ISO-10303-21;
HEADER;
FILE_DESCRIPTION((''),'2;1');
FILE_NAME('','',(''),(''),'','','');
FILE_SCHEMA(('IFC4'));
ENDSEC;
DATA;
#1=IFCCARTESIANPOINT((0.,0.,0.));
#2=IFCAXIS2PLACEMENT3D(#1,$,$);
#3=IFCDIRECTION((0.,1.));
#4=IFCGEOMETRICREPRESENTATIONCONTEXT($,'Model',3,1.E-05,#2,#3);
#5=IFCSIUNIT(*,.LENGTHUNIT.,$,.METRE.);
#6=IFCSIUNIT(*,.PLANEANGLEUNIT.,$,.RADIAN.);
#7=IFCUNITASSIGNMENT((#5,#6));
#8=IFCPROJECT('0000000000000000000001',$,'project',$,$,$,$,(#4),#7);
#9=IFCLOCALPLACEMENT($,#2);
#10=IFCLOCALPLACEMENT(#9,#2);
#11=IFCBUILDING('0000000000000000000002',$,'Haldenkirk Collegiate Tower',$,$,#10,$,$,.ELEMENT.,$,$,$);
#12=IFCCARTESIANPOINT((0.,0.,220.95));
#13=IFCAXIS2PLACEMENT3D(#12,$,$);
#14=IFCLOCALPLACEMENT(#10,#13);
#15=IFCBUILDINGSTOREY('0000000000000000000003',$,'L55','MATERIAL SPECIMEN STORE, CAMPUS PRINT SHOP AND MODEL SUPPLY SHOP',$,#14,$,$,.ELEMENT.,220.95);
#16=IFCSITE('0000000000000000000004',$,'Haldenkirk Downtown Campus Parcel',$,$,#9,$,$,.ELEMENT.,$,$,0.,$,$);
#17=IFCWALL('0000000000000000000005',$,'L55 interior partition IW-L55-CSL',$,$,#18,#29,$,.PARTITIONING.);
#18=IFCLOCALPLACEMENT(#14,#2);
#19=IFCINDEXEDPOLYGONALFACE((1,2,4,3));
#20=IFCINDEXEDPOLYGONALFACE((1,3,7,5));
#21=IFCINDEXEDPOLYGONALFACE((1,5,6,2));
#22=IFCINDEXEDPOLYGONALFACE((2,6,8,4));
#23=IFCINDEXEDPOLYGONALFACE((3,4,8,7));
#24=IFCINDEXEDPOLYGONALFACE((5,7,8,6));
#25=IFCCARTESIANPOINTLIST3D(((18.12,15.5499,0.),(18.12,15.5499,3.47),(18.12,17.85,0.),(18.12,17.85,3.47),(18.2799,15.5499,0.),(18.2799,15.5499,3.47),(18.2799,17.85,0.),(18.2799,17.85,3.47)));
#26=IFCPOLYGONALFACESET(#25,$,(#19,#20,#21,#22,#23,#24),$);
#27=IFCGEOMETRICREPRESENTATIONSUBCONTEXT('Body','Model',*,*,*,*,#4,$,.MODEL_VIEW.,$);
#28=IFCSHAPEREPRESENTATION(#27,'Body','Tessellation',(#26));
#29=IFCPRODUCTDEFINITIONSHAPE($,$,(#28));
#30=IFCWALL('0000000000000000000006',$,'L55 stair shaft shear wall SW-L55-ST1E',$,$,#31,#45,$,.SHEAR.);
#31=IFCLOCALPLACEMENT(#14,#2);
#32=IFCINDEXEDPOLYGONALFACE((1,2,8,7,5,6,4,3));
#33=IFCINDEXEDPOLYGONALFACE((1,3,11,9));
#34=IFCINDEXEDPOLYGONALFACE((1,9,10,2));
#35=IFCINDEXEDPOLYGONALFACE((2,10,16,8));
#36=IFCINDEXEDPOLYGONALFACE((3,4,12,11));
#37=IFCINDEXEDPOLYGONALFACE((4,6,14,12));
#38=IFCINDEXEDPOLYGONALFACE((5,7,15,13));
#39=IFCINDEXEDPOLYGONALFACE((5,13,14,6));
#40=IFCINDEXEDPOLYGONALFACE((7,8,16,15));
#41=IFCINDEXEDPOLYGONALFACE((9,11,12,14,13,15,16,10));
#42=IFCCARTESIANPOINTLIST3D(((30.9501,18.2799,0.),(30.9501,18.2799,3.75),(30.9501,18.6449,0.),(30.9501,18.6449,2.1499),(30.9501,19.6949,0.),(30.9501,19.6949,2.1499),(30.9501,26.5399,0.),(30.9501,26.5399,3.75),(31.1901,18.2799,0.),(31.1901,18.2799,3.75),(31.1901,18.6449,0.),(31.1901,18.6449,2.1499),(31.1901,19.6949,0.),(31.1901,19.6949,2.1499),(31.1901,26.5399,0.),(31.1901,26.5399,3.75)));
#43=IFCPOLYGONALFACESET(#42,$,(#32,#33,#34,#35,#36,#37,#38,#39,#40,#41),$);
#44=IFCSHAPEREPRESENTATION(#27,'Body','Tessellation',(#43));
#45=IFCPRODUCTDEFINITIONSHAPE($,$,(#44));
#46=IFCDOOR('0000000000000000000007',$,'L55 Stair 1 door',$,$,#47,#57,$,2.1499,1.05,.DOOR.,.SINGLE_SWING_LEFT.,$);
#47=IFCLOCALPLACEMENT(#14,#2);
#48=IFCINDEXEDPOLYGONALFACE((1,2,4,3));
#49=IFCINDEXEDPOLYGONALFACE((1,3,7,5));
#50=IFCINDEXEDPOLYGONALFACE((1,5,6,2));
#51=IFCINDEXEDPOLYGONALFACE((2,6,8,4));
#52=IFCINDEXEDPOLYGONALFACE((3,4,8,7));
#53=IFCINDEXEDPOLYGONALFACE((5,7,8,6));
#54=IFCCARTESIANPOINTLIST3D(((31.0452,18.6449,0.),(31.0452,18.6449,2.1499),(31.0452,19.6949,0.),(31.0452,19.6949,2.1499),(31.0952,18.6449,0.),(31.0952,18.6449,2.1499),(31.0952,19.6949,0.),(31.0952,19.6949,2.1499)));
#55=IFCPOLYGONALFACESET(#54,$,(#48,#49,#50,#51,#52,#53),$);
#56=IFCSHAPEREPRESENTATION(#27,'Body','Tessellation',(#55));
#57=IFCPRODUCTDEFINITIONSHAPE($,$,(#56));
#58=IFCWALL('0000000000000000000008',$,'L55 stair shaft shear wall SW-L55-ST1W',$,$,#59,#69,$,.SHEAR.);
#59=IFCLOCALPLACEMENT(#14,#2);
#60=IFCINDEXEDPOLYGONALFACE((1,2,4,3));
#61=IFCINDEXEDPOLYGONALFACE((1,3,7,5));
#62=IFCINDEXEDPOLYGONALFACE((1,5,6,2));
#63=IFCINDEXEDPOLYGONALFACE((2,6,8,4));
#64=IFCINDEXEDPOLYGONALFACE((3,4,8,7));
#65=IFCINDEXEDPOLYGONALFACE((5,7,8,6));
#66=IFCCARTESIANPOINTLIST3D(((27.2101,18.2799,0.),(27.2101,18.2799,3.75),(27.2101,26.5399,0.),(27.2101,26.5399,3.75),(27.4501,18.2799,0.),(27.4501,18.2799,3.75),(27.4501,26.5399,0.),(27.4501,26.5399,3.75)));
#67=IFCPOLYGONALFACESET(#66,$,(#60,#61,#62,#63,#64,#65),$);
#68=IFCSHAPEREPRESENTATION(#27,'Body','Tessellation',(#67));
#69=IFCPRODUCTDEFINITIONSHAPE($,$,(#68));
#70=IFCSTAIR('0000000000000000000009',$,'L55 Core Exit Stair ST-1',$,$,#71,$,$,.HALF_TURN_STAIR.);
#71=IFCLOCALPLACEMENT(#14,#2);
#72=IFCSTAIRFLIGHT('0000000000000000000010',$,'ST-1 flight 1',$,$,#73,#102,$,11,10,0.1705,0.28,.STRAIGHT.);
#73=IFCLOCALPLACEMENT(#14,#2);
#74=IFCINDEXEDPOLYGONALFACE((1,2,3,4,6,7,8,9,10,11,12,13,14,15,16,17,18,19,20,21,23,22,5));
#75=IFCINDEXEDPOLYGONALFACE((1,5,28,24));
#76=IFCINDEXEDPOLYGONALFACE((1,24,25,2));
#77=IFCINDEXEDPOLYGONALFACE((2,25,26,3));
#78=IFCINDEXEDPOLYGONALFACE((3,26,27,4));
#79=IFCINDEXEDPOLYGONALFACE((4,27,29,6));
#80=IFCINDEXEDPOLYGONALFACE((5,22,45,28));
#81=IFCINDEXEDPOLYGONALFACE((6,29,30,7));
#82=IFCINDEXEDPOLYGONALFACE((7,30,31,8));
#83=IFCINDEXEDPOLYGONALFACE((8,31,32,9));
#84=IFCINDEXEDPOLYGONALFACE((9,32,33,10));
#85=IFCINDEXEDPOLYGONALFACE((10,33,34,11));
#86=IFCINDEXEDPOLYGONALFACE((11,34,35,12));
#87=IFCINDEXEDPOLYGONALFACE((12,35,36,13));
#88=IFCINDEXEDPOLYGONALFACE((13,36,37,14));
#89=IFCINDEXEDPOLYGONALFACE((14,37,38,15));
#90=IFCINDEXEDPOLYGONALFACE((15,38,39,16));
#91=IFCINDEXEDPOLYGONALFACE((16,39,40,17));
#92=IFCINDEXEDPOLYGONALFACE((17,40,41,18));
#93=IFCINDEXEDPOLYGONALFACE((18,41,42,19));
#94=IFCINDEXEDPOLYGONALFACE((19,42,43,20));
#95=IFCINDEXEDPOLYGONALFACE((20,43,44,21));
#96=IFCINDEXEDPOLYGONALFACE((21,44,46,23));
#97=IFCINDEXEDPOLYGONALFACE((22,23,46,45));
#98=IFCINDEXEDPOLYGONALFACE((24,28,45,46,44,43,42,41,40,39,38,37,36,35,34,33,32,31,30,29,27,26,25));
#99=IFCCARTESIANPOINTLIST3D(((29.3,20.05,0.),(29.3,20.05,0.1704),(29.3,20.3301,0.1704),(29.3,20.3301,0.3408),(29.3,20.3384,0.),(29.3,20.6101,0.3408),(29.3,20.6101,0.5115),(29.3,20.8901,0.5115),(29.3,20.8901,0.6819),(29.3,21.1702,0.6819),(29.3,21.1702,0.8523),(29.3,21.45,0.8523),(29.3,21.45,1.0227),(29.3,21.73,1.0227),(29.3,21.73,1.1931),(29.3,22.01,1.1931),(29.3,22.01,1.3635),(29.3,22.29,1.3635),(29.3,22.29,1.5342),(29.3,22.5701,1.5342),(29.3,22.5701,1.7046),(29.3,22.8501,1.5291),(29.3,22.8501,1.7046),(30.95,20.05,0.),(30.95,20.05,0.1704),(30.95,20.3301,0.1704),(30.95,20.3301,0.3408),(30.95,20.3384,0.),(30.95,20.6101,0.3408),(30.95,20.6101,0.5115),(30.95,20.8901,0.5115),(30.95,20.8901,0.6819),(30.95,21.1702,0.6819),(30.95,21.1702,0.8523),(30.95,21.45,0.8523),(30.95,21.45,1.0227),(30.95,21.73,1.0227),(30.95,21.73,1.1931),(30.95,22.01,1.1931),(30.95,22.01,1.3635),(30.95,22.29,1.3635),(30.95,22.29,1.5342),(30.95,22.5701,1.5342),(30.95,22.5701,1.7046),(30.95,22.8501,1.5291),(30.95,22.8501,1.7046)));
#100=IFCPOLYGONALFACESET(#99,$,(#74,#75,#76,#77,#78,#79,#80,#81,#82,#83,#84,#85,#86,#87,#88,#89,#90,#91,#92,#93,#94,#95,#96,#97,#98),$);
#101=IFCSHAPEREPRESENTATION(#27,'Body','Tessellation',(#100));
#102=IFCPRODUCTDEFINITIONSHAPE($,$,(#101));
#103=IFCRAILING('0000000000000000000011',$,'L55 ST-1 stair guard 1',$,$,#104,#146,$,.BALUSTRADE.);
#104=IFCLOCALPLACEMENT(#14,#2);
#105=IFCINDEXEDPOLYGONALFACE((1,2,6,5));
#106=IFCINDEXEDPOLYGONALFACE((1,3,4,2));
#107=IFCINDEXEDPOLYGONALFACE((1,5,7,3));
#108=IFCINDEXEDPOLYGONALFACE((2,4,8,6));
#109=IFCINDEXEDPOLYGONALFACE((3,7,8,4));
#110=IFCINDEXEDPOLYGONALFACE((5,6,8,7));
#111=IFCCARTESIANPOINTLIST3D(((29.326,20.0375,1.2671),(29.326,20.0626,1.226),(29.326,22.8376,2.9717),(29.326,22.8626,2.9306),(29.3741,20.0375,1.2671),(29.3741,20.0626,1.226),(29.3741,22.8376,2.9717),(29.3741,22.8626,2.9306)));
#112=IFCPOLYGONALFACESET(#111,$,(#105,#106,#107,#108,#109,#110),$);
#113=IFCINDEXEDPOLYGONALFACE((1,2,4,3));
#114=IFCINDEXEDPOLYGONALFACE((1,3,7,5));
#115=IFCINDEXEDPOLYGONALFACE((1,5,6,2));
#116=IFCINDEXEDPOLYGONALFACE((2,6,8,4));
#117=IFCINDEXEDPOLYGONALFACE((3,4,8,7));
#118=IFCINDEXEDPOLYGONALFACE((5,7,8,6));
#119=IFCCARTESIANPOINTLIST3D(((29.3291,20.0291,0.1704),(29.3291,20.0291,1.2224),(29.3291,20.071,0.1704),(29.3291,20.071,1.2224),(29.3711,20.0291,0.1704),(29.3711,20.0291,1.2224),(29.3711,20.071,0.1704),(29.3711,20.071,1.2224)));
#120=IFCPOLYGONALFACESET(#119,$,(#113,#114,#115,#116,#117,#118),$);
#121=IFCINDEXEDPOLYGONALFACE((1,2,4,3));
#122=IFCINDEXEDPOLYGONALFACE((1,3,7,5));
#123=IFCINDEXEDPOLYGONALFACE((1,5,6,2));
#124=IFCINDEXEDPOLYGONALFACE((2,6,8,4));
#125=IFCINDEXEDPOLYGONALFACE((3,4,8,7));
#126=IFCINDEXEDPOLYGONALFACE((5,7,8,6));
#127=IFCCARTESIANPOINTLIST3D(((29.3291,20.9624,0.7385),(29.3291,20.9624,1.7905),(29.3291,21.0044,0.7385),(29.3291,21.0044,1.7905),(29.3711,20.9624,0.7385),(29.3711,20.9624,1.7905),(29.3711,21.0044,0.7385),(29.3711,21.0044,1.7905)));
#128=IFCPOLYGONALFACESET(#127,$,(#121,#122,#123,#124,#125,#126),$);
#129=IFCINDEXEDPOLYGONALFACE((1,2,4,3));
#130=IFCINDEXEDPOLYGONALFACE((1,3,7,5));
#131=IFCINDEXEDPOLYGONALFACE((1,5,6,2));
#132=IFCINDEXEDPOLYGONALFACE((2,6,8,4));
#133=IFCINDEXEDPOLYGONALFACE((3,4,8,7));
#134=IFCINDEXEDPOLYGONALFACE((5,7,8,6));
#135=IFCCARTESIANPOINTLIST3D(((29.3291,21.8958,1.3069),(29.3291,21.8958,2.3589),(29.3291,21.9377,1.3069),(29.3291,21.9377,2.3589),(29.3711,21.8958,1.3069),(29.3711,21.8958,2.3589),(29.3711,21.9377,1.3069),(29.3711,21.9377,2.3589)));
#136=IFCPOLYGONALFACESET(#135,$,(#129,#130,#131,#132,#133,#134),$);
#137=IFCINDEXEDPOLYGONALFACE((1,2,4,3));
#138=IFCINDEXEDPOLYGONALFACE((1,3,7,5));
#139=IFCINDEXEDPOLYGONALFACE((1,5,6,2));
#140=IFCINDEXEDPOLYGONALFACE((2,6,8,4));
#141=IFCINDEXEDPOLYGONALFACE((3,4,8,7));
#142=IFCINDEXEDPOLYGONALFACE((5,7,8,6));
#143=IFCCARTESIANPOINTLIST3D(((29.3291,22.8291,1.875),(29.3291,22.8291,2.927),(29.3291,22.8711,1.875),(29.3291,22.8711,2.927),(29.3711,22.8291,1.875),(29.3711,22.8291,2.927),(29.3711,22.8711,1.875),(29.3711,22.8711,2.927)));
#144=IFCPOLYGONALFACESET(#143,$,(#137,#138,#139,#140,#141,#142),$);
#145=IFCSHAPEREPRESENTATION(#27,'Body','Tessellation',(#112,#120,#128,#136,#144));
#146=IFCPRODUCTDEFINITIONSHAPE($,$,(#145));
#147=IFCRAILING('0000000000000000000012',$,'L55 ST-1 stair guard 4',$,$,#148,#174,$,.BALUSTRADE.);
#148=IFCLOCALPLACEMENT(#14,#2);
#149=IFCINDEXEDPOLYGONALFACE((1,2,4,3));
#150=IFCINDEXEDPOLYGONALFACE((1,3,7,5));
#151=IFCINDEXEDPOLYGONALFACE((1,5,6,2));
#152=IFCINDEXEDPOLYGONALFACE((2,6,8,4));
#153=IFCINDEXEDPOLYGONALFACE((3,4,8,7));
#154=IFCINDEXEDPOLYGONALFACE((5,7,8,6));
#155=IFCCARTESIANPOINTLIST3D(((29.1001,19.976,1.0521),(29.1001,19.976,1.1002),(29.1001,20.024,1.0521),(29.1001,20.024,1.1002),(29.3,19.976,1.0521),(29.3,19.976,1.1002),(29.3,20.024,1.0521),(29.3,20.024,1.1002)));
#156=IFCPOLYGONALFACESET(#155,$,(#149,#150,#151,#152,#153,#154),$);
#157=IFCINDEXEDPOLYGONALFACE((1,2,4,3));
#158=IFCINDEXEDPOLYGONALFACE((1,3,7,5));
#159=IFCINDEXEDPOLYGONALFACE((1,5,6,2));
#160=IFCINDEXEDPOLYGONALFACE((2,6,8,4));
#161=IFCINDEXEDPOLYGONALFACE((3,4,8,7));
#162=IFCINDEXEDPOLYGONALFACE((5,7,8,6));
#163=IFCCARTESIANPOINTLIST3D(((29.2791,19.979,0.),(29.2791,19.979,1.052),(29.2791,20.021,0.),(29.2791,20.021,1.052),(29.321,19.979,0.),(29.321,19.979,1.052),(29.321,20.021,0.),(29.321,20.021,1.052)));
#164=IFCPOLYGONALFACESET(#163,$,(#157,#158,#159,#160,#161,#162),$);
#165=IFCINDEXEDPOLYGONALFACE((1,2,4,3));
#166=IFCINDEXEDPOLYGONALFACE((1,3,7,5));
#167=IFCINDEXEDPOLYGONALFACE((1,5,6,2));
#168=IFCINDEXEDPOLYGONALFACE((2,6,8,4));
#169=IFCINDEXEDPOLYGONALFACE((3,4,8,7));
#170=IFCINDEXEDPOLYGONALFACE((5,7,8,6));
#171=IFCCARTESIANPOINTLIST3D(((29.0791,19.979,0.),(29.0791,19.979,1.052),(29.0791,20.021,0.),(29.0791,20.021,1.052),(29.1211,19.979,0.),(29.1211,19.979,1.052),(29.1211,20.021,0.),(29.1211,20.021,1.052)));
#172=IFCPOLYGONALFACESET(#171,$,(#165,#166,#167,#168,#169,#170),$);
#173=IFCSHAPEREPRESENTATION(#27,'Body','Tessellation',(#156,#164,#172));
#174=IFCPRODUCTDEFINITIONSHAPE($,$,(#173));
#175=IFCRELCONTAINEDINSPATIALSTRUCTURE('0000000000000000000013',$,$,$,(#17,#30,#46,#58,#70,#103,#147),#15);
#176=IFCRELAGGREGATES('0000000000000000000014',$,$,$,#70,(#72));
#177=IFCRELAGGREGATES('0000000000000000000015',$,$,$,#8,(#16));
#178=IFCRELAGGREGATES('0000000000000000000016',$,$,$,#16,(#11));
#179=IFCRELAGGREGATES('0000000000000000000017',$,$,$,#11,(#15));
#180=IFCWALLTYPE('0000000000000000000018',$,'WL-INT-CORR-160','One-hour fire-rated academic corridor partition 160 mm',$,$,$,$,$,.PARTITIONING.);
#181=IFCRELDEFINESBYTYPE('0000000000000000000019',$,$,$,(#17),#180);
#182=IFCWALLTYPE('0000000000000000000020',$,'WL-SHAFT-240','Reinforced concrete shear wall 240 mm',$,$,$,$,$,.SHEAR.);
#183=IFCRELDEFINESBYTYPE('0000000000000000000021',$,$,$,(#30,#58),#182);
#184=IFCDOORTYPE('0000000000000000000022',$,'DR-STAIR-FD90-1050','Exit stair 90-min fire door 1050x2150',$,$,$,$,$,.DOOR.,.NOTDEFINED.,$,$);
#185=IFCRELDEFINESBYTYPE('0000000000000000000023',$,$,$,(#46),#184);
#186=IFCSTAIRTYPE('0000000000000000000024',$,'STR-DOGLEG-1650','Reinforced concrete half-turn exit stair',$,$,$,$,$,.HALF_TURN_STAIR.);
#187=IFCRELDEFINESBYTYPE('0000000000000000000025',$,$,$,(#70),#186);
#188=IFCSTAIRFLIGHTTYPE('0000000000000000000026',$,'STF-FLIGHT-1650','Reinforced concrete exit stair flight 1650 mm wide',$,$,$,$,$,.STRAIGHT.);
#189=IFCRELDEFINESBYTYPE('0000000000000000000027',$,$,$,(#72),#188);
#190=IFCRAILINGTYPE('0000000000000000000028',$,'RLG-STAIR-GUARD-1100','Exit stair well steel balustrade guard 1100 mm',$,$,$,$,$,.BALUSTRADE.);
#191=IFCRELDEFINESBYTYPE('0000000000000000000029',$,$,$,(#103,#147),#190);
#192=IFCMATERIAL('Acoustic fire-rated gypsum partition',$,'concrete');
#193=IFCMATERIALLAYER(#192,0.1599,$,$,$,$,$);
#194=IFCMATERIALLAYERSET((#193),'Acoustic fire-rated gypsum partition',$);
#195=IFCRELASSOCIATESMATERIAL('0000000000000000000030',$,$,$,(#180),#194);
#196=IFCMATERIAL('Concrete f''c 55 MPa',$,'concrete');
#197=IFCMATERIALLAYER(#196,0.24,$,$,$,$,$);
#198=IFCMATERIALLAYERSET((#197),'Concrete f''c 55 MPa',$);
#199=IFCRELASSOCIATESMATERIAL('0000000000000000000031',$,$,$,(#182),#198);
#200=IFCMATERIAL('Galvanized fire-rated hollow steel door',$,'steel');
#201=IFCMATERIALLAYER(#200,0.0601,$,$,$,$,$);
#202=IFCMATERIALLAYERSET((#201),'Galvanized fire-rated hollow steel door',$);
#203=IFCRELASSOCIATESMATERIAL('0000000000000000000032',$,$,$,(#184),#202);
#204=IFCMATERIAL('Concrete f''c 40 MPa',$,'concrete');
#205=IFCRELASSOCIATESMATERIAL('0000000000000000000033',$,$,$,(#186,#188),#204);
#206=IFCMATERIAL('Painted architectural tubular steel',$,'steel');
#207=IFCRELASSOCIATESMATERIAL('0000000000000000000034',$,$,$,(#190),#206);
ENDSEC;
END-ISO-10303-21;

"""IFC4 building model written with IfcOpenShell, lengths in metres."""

from ifc_helpers import new_model, si_unit, direction, frame, frame_2d, origin, origin_2d, place, context, subcontext, project, spatial, polyline, rectangle, outline, extrude, material, layer, layer_set, type_object, element, fill, aggregate, save


model = new_model("IFC4")

# Units and contexts
model_context = context("Model", 3, precision=1e-05, world=origin(), true_north=direction((0.0, 1.0)))
body_context = subcontext(model_context, "Body", "Model", "MODEL_VIEW")
ifc_project = project(units=[si_unit("LENGTHUNIT", "METRE"), si_unit("PLANEANGLEUNIT", "RADIAN")], contexts=[model_context])

# Site, building, storey
site_placement = place(None, origin())
site = spatial("IfcSite", under=ifc_project, at=site_placement, Name="Haldenkirk Downtown Campus Parcel", CompositionType="ELEMENT", RefElevation=0.0)
building_placement = place(site_placement, origin())
building = spatial("IfcBuilding", under=site, at=building_placement, Name="Haldenkirk Collegiate Tower", CompositionType="ELEMENT")
storey_placement = place(building_placement, frame((0.0, 0.0, 220.95)))
storey = spatial("IfcBuildingStorey", under=building, at=storey_placement, Name="L55", Description="MATERIAL SPECIMEN STORE, CAMPUS PRINT SHOP AND MODEL SUPPLY SHOP", CompositionType="ELEMENT", Elevation=220.95)

# Shared definitions
ifc_material_1 = material(Name="Concrete f'c 55 MPa", Category="concrete")
ifc_material_2 = material(Name="Galvanized fire-rated hollow steel door", Category="steel")

# Shared definitions
ifc_material_3 = material(Name="Acoustic fire-rated gypsum partition", Category="concrete")
ifc_layer_1 = layer(ifc_material_3, 0.1599)
ifc_layer_set_1 = layer_set([ifc_layer_1], Name="Acoustic fire-rated gypsum partition")
wall_type_1 = type_object("IfcWallType", Name="WL-INT-CORR-160", Description="One-hour fire-rated academic corridor partition 160 mm", PredefinedType="PARTITIONING", material=ifc_layer_set_1)

# Wall
wall_1_placement = place(storey_placement, frame((18.2, 15.55, 0.0), z_axis=(0.0, 0.0, 1.0), x_axis=(0.0, 1.0, 0.0)))
element("IfcWall", 1, at=wall_1_placement, inside=storey, type_object=wall_type_1, Name="L55 interior partition IW-L55-CSL", PredefinedType="PARTITIONING", context=body_context, shape_type="SweptSolid", body=[
    extrude(rectangle(XDim=2.3, YDim=0.1599, at=frame_2d((1.1499, 0.0))), origin(), (0.0, 0.0, 1.0), 3.47),
])

# Wall, opening, door
ifc_layer_2 = layer(ifc_material_1, 0.24)
ifc_layer_set_2 = layer_set([ifc_layer_2], Name="Concrete f'c 55 MPa")
wall_type_2 = type_object("IfcWallType", Name="WL-SHAFT-240", Description="Reinforced concrete shear wall 240 mm", PredefinedType="SHEAR", material=ifc_layer_set_2)
wall_2_placement = place(storey_placement, frame((31.0701, 18.28, 0.0), z_axis=(0.0, 0.0, 1.0), x_axis=(0.0, 1.0, 0.0)))
wall_2 = element("IfcWall", 2, at=wall_2_placement, inside=storey, type_object=wall_type_2, Name="L55 stair shaft shear wall SW-L55-ST1E", PredefinedType="SHEAR", context=body_context, shape_type="SweptSolid", body=[
    extrude(rectangle(XDim=8.26, YDim=0.24, at=frame_2d((4.1299, 0.0))), origin(), (0.0, 0.0, 1.0), 3.75),
])
opening_1_placement = place(wall_2_placement, frame((0.365, 0.0, 0.0)))
opening_1 = element("IfcOpeningElement", 3, at=opening_1_placement, cuts=wall_2, PredefinedType="OPENING", context=body_context, shape_type="SweptSolid", body=[
    extrude(rectangle(XDim=1.05, YDim=2.1499, at=frame_2d((0.5249, 1.075))), frame((0.0, 0.1299, 0.0), z_axis=(0.0, -1.0, 0.0), x_axis=(1.0, 0.0, 0.0)), (0.0, 0.0, 1.0), 0.26),
])
ifc_layer_3 = layer(ifc_material_2, 0.0601)
ifc_layer_set_3 = layer_set([ifc_layer_3], Name="Galvanized fire-rated hollow steel door")
door_type_1 = type_object("IfcDoorType", Name="DR-STAIR-FD90-1050", Description="Exit stair 90-min fire door 1050x2150", OperationType="NOTDEFINED", PredefinedType="DOOR", material=ifc_layer_set_3)
door_1_placement = place(opening_1_placement, origin())
door_1 = element("IfcDoor", 4, at=door_1_placement, inside=storey, type_object=door_type_1, Name="L55 Stair 1 door", OperationType="SINGLE_SWING_LEFT", OverallHeight=2.1499, OverallWidth=1.05, PredefinedType="DOOR", context=body_context, shape_type="SweptSolid", body=[
    extrude(rectangle(XDim=1.05, YDim=2.1499, at=frame_2d((0.5249, 1.075))), frame((0.0, 0.0249, 0.0), z_axis=(0.0, -1.0, 0.0), x_axis=(1.0, 0.0, 0.0)), (0.0, 0.0, 1.0), 0.05),
])
fill(opening_1, door_1)

# Wall
wall_3_placement = place(storey_placement, frame((27.3301, 18.28, 0.0), z_axis=(0.0, 0.0, 1.0), x_axis=(0.0, 1.0, 0.0)))
element("IfcWall", 5, at=wall_3_placement, inside=storey, type_object=wall_type_2, Name="L55 stair shaft shear wall SW-L55-ST1W", PredefinedType="SHEAR", context=body_context, shape_type="SweptSolid", body=[
    extrude(rectangle(XDim=8.26, YDim=0.24, at=frame_2d((4.1299, 0.0))), origin(), (0.0, 0.0, 1.0), 3.75),
])

# Stair, stair flight
ifc_material_4 = material(Name="Concrete f'c 40 MPa", Category="concrete")
stair_type = type_object("IfcStairType", Name="STR-DOGLEG-1650", Description="Reinforced concrete half-turn exit stair", PredefinedType="HALF_TURN_STAIR", material=ifc_material_4)
stair_placement = place(storey_placement, origin())
stair = element("IfcStair", 6, at=stair_placement, inside=storey, type_object=stair_type, Name="L55 Core Exit Stair ST-1", PredefinedType="HALF_TURN_STAIR")
stair_flight_type = type_object("IfcStairFlightType", Name="STF-FLIGHT-1650", Description="Reinforced concrete exit stair flight 1650 mm wide", PredefinedType="STRAIGHT", material=ifc_material_4)
stair_flight_placement = place(storey_placement, frame((30.125, 20.05, 0.0), z_axis=(0.0, 0.0, 1.0), x_axis=(0.0, 1.0, 0.0)))
stair_flight = element("IfcStairFlight", 7, at=stair_flight_placement, type_object=stair_flight_type, Name="ST-1 flight 1", NumberOfRisers=11, NumberOfTreads=10, PredefinedType="STRAIGHT", RiserHeight=0.1705, TreadLength=0.28, context=body_context, shape_type="SweptSolid", body=[
    extrude(outline(polyline([(0.0, 0.0), (0.0, 0.1704), (0.28, 0.1704), (0.28, 0.3408), (0.5601, 0.3408), (0.5601, 0.5115), (0.8401, 0.5115), (0.8401, 0.6819), (1.1201, 0.6819), (1.1201, 0.8523), (1.3999, 0.8523), (1.3999, 1.0227), (1.6799, 1.0227), (1.6799, 1.1931), (1.96, 1.1931), (1.96, 1.3635), (2.24, 1.3635), (2.24, 1.5342), (2.52, 1.5342), (2.52, 1.7046), (2.8, 1.7046), (2.8, 1.875), (2.8, 1.5291), (0.2883, 0.0), (0.0, 0.0)])), frame((0.0, 0.825, 0.0), z_axis=(0.0, -1.0, 0.0), x_axis=(1.0, 0.0, 0.0)), (0.0, 0.0, 1.0), 1.6499),
])
aggregate(stair, [stair_flight])

# Railings
ifc_material_5 = material(Name="Painted architectural tubular steel", Category="steel")
railing_type_1 = type_object("IfcRailingType", Name="RLG-STAIR-GUARD-1100", Description="Exit stair well steel balustrade guard 1100 mm", PredefinedType="BALUSTRADE", material=ifc_material_5)
railing_1_placement = place(storey_placement, frame((29.3501, 20.05, 0.1704)))
element("IfcRailing", 8, at=railing_1_placement, inside=storey, type_object=railing_type_1, Name="L55 ST-1 stair guard 1", PredefinedType="BALUSTRADE", context=body_context, shape_type="SweptSolid", body=[
    extrude(rectangle(XDim=0.0481, YDim=0.0481, at=origin_2d()), frame((0.0, 0.0, 1.0762), z_axis=(0.0, 0.85417, 0.519994), x_axis=(-1.0, 0.0, 0.0)), (0.0, 0.0, 1.0), 3.2781),
    extrude(rectangle(XDim=0.042, YDim=0.042, at=origin_2d()), origin(), (0.0, 0.0, 1.0), 1.052),
    extrude(rectangle(XDim=0.042, YDim=0.042, at=origin_2d()), frame((0.0, 0.9333, 0.5681)), (0.0, 0.0, 1.0), 1.052),
    extrude(rectangle(XDim=0.042, YDim=0.042, at=origin_2d()), frame((0.0, 1.8667, 1.1365)), (0.0, 0.0, 1.0), 1.052),
    extrude(rectangle(XDim=0.042, YDim=0.042, at=origin_2d()), frame((0.0, 2.8, 1.7046)), (0.0, 0.0, 1.0), 1.052),
])
railing_2_placement = place(storey_placement, frame((29.3, 20.0, 0.0)))
element("IfcRailing", 9, at=railing_2_placement, inside=storey, type_object=railing_type_1, Name="L55 ST-1 stair guard 4", PredefinedType="BALUSTRADE", context=body_context, shape_type="SweptSolid", body=[
    extrude(rectangle(XDim=0.0481, YDim=0.0481, at=origin_2d()), frame((0.0, 0.0, 1.0762), z_axis=(-1.0, 0.0, 0.0), x_axis=(0.0, -1.0, 0.0)), (0.0, 0.0, 1.0), 0.2),
    extrude(rectangle(XDim=0.042, YDim=0.042, at=origin_2d()), origin(), (0.0, 0.0, 1.0), 1.052),
    extrude(rectangle(XDim=0.042, YDim=0.042, at=origin_2d()), frame((-0.2, 0.0, 0.0)), (0.0, 0.0, 1.0), 1.052),
])

save(model, "model.ifc")
